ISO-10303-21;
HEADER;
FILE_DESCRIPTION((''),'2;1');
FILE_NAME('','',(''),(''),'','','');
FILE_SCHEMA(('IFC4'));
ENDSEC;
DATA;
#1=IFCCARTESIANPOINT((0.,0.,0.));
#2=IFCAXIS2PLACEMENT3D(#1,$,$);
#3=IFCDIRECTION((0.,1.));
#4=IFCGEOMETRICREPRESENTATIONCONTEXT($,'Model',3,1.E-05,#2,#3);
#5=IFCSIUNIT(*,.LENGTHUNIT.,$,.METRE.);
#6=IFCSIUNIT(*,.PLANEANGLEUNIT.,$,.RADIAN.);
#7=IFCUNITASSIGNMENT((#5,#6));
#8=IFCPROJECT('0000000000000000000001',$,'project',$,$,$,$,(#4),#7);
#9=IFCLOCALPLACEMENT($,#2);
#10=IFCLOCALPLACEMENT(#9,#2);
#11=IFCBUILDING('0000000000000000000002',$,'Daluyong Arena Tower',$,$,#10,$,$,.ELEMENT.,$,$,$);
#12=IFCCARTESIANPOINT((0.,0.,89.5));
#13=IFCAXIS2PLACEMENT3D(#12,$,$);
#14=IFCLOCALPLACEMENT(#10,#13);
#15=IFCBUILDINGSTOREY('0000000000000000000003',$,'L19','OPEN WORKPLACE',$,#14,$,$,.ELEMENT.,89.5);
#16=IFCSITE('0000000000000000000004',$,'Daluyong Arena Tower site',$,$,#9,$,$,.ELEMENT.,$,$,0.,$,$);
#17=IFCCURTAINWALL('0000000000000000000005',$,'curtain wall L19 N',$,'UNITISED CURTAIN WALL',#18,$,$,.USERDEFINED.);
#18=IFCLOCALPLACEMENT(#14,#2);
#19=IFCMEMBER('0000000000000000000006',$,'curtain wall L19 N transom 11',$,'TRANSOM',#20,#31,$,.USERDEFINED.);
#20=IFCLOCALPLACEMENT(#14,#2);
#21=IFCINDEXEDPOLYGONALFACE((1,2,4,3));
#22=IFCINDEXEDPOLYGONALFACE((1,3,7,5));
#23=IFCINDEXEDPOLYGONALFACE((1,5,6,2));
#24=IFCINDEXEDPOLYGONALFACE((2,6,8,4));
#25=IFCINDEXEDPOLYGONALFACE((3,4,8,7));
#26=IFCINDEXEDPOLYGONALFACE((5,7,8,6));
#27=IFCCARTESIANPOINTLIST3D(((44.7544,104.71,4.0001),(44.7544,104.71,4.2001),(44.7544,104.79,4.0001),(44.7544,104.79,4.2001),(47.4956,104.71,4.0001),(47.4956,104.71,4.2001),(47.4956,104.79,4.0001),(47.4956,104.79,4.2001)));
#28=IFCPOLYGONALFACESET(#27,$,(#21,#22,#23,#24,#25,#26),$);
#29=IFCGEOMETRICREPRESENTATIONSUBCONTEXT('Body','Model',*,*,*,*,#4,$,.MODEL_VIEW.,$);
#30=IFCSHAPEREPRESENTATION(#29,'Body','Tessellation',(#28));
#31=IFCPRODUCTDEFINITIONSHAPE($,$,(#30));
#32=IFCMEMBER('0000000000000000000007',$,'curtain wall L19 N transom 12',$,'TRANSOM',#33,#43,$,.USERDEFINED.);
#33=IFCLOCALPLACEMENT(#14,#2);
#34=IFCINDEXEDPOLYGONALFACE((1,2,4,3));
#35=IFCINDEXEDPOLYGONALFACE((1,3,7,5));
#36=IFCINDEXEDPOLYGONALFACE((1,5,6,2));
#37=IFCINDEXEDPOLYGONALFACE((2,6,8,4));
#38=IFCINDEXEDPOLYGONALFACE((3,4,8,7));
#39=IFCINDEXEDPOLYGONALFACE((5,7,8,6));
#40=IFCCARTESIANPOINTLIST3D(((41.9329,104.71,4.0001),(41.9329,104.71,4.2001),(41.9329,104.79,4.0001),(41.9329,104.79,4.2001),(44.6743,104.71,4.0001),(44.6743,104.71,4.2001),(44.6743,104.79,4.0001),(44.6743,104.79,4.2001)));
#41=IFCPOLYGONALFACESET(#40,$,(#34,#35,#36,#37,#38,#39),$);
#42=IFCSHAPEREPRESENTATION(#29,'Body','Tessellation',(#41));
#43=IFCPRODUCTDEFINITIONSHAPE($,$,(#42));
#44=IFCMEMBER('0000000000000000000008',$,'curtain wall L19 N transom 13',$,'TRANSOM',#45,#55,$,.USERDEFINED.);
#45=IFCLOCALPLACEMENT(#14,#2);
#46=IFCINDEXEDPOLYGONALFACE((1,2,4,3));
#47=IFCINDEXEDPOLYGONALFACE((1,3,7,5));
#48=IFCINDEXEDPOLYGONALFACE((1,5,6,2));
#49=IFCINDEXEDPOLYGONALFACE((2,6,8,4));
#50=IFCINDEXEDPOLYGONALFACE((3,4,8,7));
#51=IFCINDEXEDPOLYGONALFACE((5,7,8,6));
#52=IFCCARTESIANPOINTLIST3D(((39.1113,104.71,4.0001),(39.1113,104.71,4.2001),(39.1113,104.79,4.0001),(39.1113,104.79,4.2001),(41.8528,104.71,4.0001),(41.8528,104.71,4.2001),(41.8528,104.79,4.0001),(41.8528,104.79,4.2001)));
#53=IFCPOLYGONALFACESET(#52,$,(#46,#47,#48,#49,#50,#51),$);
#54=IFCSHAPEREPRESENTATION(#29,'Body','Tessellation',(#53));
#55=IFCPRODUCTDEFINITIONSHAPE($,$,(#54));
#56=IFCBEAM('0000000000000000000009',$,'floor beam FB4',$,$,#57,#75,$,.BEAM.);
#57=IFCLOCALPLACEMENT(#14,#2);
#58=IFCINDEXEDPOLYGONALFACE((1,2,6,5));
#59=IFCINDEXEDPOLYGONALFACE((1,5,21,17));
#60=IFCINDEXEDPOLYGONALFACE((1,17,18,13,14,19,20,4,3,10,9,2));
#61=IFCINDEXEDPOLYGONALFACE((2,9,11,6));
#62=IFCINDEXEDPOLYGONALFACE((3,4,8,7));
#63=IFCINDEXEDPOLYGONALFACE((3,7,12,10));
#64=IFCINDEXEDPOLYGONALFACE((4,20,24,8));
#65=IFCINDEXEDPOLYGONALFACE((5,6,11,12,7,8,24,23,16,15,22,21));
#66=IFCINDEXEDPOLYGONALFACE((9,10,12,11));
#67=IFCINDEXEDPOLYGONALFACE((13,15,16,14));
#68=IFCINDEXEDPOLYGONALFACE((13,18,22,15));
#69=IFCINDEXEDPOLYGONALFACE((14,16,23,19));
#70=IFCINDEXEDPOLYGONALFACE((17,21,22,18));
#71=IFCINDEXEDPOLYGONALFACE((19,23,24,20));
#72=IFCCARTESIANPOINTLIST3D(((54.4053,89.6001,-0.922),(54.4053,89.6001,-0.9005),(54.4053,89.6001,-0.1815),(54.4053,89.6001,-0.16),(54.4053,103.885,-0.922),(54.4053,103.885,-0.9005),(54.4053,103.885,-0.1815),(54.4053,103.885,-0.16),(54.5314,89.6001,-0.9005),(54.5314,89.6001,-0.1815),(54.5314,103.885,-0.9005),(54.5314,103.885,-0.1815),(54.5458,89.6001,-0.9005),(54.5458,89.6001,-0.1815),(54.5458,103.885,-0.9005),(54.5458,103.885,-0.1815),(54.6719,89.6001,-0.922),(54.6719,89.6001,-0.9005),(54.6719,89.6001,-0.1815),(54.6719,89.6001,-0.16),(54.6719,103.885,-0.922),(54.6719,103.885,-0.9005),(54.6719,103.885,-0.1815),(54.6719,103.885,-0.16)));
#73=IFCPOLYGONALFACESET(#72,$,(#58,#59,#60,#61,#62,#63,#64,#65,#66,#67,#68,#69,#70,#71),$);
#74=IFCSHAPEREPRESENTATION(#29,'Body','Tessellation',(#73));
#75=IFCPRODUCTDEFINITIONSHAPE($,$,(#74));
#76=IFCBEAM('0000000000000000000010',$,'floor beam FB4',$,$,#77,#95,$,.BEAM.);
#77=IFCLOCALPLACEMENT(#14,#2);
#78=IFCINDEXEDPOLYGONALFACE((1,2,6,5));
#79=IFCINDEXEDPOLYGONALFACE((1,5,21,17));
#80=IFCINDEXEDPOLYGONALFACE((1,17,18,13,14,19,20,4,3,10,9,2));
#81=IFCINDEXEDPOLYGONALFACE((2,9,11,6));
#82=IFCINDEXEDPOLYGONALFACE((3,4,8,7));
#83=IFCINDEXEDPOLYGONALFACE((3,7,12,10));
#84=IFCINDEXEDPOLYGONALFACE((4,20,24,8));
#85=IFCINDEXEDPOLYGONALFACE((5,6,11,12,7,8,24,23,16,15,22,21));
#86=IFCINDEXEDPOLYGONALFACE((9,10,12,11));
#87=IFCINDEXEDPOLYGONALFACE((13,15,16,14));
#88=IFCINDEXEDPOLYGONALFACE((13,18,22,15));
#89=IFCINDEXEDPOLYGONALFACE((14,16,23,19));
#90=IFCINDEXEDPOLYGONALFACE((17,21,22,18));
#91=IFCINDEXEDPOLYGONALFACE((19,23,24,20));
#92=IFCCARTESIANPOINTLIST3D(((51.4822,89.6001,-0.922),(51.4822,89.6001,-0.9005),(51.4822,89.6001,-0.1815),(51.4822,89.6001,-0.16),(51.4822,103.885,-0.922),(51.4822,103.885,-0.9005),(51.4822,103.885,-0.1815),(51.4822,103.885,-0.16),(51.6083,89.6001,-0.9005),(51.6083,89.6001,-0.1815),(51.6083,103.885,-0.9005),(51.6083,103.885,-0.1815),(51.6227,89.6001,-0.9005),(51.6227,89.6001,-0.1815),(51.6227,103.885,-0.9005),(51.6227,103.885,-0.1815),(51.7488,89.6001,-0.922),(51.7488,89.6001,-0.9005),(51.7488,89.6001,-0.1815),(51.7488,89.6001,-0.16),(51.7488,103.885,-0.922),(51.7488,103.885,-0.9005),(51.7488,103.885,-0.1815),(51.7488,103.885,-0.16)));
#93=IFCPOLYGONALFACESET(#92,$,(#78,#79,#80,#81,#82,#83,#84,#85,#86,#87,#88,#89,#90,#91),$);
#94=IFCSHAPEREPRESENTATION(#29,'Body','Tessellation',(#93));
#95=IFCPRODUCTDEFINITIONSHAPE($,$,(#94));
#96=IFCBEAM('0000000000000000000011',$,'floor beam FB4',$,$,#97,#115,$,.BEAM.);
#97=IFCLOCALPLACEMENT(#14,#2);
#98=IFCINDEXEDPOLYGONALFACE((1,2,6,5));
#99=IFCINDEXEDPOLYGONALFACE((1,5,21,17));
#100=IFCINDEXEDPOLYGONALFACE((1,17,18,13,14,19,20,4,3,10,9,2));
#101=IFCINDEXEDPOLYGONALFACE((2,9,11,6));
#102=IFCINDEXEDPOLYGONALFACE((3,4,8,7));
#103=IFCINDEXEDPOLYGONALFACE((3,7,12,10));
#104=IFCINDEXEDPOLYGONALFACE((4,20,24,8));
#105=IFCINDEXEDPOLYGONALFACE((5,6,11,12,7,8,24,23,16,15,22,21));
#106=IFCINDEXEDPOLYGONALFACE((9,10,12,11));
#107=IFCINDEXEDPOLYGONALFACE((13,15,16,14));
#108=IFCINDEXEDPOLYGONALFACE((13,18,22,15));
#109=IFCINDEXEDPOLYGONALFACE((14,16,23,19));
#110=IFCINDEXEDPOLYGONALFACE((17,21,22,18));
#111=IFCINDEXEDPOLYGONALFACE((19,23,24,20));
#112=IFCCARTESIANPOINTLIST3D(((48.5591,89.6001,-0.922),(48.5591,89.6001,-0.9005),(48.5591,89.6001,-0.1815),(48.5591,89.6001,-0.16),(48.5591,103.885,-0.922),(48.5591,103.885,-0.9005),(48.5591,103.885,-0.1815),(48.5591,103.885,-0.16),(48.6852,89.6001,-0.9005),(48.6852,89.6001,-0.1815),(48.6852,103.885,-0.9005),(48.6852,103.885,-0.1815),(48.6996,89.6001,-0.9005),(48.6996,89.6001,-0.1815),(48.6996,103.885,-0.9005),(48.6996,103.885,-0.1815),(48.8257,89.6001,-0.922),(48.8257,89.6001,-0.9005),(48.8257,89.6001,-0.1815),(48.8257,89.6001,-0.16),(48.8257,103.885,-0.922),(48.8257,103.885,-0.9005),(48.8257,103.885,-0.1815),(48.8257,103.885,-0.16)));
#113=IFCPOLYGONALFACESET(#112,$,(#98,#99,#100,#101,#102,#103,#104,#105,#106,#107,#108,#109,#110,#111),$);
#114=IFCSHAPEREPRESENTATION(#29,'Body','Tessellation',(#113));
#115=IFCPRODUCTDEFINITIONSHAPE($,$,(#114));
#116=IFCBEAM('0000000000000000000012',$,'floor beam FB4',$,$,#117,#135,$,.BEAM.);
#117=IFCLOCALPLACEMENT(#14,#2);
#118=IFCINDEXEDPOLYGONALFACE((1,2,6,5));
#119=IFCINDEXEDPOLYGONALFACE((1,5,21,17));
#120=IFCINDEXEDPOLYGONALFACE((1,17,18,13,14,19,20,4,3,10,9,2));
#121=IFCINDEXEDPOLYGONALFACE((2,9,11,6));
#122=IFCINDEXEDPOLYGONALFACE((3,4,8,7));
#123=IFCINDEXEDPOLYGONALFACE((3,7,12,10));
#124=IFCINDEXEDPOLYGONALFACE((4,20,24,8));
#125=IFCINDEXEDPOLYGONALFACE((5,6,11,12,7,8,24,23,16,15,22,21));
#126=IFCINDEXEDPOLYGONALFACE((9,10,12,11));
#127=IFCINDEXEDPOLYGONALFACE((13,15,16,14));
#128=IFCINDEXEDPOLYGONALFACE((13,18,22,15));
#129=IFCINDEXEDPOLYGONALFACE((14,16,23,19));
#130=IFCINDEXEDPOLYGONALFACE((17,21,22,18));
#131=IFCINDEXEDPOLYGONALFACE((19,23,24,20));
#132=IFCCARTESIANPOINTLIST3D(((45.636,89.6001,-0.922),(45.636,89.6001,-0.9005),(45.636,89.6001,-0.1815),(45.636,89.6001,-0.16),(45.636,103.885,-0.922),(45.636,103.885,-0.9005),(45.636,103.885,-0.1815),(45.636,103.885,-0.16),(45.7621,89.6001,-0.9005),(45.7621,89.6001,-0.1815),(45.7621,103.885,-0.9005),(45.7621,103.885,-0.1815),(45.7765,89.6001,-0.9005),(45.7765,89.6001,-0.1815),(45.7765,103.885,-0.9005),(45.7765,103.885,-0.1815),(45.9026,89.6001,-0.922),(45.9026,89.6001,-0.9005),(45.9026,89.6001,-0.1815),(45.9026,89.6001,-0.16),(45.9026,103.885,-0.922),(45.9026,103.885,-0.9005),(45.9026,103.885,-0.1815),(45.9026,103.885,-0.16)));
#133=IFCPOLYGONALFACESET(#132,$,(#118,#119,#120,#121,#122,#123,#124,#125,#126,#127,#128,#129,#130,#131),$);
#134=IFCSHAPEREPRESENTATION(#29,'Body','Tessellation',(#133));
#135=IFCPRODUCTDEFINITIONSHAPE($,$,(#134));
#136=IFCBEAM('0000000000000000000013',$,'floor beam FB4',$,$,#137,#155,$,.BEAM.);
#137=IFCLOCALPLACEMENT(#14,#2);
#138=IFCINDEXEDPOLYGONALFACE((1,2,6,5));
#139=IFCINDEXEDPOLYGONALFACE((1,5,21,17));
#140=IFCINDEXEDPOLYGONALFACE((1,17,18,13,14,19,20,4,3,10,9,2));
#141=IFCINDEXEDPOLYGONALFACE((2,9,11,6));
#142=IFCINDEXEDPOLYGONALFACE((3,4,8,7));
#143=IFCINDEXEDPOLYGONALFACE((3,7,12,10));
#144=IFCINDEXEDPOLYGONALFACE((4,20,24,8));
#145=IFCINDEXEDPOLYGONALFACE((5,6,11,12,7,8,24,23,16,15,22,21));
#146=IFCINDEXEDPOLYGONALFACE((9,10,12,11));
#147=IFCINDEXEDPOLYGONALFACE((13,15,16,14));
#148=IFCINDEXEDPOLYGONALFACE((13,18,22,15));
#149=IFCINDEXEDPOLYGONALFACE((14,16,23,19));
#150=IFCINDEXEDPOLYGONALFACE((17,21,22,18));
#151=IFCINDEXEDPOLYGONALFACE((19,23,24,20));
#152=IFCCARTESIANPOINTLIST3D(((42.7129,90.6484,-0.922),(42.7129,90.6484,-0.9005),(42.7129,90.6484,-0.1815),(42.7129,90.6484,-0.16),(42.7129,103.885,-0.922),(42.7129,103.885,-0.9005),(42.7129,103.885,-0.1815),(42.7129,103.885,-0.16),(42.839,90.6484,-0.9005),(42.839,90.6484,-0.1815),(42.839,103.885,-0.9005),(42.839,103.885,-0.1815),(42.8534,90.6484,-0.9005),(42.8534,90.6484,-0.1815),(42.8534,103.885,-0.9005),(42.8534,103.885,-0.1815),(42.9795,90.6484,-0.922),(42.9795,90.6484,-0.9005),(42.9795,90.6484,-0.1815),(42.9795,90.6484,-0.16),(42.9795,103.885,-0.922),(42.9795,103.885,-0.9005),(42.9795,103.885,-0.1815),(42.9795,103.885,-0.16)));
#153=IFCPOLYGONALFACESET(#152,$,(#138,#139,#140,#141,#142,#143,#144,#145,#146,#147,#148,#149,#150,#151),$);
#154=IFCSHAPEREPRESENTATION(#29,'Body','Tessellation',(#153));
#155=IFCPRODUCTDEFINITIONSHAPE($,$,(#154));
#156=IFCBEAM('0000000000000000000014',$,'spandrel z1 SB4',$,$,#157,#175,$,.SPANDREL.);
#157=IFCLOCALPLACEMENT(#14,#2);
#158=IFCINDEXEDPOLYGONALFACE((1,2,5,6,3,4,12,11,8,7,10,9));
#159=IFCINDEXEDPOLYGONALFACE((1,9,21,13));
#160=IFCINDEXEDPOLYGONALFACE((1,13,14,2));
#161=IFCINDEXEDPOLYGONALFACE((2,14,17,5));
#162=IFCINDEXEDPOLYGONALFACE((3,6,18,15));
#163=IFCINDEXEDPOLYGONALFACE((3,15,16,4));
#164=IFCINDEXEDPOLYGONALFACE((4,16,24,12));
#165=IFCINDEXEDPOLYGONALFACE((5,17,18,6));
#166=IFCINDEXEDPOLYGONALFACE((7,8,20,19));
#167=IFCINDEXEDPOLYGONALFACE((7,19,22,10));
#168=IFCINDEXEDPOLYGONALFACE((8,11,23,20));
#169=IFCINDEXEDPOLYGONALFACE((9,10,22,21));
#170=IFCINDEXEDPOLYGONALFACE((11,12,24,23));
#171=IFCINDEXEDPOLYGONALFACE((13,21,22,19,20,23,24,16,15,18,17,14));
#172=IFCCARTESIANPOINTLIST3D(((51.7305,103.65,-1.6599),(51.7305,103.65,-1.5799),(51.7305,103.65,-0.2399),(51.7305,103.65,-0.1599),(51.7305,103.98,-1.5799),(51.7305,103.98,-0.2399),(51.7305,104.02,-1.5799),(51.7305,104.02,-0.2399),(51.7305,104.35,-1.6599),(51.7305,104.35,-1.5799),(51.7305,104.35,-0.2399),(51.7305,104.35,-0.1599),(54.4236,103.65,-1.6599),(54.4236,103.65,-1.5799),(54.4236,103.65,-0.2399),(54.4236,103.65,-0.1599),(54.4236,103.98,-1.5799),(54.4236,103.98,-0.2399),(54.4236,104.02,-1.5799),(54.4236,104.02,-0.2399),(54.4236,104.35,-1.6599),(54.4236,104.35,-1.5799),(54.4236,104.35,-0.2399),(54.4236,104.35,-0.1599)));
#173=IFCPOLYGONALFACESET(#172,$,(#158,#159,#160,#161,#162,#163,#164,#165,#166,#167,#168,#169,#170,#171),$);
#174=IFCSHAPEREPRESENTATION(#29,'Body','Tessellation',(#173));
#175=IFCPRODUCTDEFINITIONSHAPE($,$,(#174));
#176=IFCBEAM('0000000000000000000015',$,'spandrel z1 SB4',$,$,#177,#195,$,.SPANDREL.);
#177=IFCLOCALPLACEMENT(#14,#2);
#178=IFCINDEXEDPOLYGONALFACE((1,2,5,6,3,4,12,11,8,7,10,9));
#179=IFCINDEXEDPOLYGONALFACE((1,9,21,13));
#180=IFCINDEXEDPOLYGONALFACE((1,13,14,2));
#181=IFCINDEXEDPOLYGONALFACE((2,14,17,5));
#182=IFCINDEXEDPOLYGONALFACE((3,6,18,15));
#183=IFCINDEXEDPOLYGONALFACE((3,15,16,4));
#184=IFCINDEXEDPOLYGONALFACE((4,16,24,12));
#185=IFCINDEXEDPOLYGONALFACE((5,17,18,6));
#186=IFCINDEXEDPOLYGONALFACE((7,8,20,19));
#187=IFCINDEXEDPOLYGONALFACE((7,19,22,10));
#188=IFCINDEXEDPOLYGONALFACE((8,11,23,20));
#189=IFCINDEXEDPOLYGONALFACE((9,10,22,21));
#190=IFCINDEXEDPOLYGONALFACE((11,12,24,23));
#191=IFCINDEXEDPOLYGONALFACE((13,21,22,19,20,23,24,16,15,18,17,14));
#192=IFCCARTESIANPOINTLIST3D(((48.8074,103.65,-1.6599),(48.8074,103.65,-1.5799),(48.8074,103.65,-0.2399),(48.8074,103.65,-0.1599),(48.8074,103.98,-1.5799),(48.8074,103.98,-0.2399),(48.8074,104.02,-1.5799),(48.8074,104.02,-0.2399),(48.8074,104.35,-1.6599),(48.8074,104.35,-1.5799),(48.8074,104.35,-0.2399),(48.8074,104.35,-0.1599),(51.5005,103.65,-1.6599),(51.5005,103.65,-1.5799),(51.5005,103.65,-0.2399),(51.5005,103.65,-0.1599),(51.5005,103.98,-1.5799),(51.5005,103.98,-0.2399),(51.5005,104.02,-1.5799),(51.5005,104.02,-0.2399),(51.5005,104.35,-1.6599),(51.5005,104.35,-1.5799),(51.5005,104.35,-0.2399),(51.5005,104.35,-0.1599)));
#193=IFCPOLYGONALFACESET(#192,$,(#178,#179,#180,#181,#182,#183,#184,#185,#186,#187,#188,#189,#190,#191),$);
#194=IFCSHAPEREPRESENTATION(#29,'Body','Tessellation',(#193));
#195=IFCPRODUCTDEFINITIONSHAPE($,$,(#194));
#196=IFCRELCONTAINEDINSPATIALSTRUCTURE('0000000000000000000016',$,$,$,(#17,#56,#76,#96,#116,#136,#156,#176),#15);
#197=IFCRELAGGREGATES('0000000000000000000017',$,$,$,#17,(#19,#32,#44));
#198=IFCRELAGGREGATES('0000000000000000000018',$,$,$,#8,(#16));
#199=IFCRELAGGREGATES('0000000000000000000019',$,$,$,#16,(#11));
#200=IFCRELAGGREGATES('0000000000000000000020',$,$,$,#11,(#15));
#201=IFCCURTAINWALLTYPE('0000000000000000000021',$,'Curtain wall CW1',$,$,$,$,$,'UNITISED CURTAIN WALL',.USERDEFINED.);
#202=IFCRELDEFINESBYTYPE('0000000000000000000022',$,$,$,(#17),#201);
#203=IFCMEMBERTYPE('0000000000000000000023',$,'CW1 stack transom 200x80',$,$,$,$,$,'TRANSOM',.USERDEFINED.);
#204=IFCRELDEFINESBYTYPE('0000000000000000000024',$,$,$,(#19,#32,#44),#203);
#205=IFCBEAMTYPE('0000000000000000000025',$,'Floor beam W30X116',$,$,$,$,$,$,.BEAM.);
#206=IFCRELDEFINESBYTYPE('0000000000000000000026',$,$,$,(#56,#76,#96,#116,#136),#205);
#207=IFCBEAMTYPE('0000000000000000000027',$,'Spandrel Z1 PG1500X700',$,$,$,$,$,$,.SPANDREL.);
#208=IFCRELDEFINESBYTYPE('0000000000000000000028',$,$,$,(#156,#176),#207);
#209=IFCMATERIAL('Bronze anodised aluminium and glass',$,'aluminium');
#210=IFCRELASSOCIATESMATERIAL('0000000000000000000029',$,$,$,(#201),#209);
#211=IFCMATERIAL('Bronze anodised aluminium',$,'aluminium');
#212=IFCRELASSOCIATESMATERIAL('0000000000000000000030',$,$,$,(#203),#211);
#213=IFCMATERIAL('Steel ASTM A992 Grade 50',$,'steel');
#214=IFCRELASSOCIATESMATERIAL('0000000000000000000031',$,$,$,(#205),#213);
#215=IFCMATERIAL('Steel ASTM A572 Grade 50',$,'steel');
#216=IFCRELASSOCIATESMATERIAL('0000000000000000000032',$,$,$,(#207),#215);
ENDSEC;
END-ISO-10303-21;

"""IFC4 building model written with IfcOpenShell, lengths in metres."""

from ifc_helpers import new_model, si_unit, direction, frame, origin, origin_2d, place, context, subcontext, project, spatial, rectangle, i_section, extrude, material, material_profile, profile_set, type_object, element, aggregate, save


model = new_model("IFC4")

# Units and contexts
model_context = context("Model", 3, precision=1e-05, world=origin(), true_north=direction((0.0, 1.0)))
body_context = subcontext(model_context, "Body", "Model", "MODEL_VIEW")
ifc_project = project(units=[si_unit("LENGTHUNIT", "METRE"), si_unit("PLANEANGLEUNIT", "RADIAN")], contexts=[model_context])

# Site, building, storey
site_placement = place(None, origin())
site = spatial("IfcSite", under=ifc_project, at=site_placement, Name="Daluyong Arena Tower site", CompositionType="ELEMENT", RefElevation=0.0)
building_placement = place(site_placement, origin())
building = spatial("IfcBuilding", under=site, at=building_placement, Name="Daluyong Arena Tower", CompositionType="ELEMENT")
storey_placement = place(building_placement, frame((0.0, 0.0, 89.5)))
storey = spatial("IfcBuildingStorey", under=building, at=storey_placement, Name="L19", Description="OPEN WORKPLACE", CompositionType="ELEMENT", Elevation=89.5)

# Curtain wall, members
ifc_material_1 = material(Name="Bronze anodised aluminium and glass", Category="aluminium")
curtain_wall_type = type_object("IfcCurtainWallType", Name="Curtain wall CW1", ElementType="UNITISED CURTAIN WALL", PredefinedType="USERDEFINED", material=ifc_material_1)
curtain_wall_placement = place(storey_placement, origin())
curtain_wall = element("IfcCurtainWall", 1, at=curtain_wall_placement, inside=storey, type_object=curtain_wall_type, Name="curtain wall L19 N", ObjectType="UNITISED CURTAIN WALL", PredefinedType="USERDEFINED")
ifc_material_2 = material(Name="Bronze anodised aluminium", Category="aluminium")
ifc_material_profile_1 = material_profile(ifc_material_2, rectangle(XDim=0.0801, YDim=0.2, at=origin_2d()))
ifc_profile_set_1 = profile_set([ifc_material_profile_1], Name="Bronze anodised aluminium")
member_type_1 = type_object("IfcMemberType", Name="CW1 stack transom 200x80", ElementType="TRANSOM", PredefinedType="USERDEFINED", material=ifc_profile_set_1)
member_1_placement = place(storey_placement, frame((47.4956, 104.75, 4.1001), z_axis=(-1.0, 0.0, 0.0), x_axis=(0.0, -1.0, 0.0)))
member_1 = element("IfcMember", 2, at=member_1_placement, type_object=member_type_1, Name="curtain wall L19 N transom 11", ObjectType="TRANSOM", PredefinedType="USERDEFINED", context=body_context, shape_type="SweptSolid", body=[
    extrude(rectangle(XDim=0.0801, YDim=0.2, at=origin_2d()), origin(), (0.0, 0.0, 1.0), 2.7412),
])
member_2_placement = place(storey_placement, frame((44.6743, 104.75, 4.1001), z_axis=(-1.0, 0.0, 0.0), x_axis=(0.0, -1.0, 0.0)))
member_2 = element("IfcMember", 3, at=member_2_placement, type_object=member_type_1, Name="curtain wall L19 N transom 12", ObjectType="TRANSOM", PredefinedType="USERDEFINED", context=body_context, shape_type="SweptSolid", body=[
    extrude(rectangle(XDim=0.0801, YDim=0.2, at=origin_2d()), origin(), (0.0, 0.0, 1.0), 2.7415),
])
member_3_placement = place(storey_placement, frame((41.8528, 104.75, 4.1001), z_axis=(-1.0, 0.0, 0.0), x_axis=(0.0, -1.0, 0.0)))
member_3 = element("IfcMember", 4, at=member_3_placement, type_object=member_type_1, Name="curtain wall L19 N transom 13", ObjectType="TRANSOM", PredefinedType="USERDEFINED", context=body_context, shape_type="SweptSolid", body=[
    extrude(rectangle(XDim=0.0801, YDim=0.2, at=origin_2d()), origin(), (0.0, 0.0, 1.0), 2.7415),
])

# Beams
ifc_material_3 = material(Name="Steel ASTM A992 Grade 50", Category="steel")
ifc_material_profile_2 = material_profile(ifc_material_3, i_section(OverallWidth=0.2666, OverallDepth=0.762, WebThickness=0.0144, FlangeThickness=0.0215, at=origin_2d()))
ifc_profile_set_2 = profile_set([ifc_material_profile_2], Name="Steel ASTM A992 Grade 50")
beam_type_1 = type_object("IfcBeamType", Name="Floor beam W30X116", PredefinedType="BEAM", material=ifc_profile_set_2)
for number, where, z_axis, x_axis, name in (
    (5, (54.5386, 103.885, -0.541), (0.0, -1.0, 0.0), (1.0, 0.0, 0.0), "floor beam FB4"),
    (6, (51.6155, 103.885, -0.541), (0.0, -1.0, 0.0), (1.0, 0.0, 0.0), "floor beam FB4"),
    (7, (48.6924, 103.885, -0.541), (0.0, -1.0, 0.0), (1.0, 0.0, 0.0), "floor beam FB4"),
    (8, (45.7693, 103.885, -0.541), (0.0, -1.0, 0.0), (1.0, 0.0, 0.0), "floor beam FB4"),
):
    element("IfcBeam", number, at=place(storey_placement, frame(where, z_axis=z_axis, x_axis=x_axis)), inside=storey, type_object=beam_type_1, Name=name, PredefinedType="BEAM", context=body_context, shape_type="SweptSolid", body=[
        extrude(i_section(OverallWidth=0.2666, OverallDepth=0.762, WebThickness=0.0144, FlangeThickness=0.0215, at=origin_2d()), origin(), (0.0, 0.0, 1.0), 14.2849),
    ])
beam_placement = place(storey_placement, frame((42.8462, 103.885, -0.541), z_axis=(0.0, -1.0, 0.0), x_axis=(1.0, 0.0, 0.0)))
element("IfcBeam", 9, at=beam_placement, inside=storey, type_object=beam_type_1, Name="floor beam FB4", PredefinedType="BEAM", context=body_context, shape_type="SweptSolid", body=[
    extrude(i_section(OverallWidth=0.2666, OverallDepth=0.762, WebThickness=0.0144, FlangeThickness=0.0215, at=origin_2d()), origin(), (0.0, 0.0, 1.0), 13.2366),
])
ifc_material_4 = material(Name="Steel ASTM A572 Grade 50", Category="steel")
ifc_material_profile_3 = material_profile(ifc_material_4, i_section(OverallWidth=0.7, OverallDepth=1.5, WebThickness=0.04, FlangeThickness=0.08, at=origin_2d()))
ifc_profile_set_3 = profile_set([ifc_material_profile_3], Name="Steel ASTM A572 Grade 50")
beam_type_2 = type_object("IfcBeamType", Name="Spandrel Z1 PG1500X700", PredefinedType="SPANDREL", material=ifc_profile_set_3)
for number, where, z_axis, x_axis, name in (
    (10, (54.4236, 104.0, -0.9099), (-1.0, 0.0, 0.0), (0.0, -1.0, 0.0), "spandrel z1 SB4"),
    (11, (51.5005, 104.0, -0.9099), (-1.0, 0.0, 0.0), (0.0, -1.0, 0.0), "spandrel z1 SB4"),
):
    element("IfcBeam", number, at=place(storey_placement, frame(where, z_axis=z_axis, x_axis=x_axis)), inside=storey, type_object=beam_type_2, Name=name, PredefinedType="SPANDREL", context=body_context, shape_type="SweptSolid", body=[
        extrude(i_section(OverallWidth=0.7, OverallDepth=1.5, WebThickness=0.04, FlangeThickness=0.08, at=origin_2d()), origin(), (0.0, 0.0, 1.0), 2.6931),
    ])

aggregate(curtain_wall, [member_1, member_2, member_3])

save(model, "model.ifc")
